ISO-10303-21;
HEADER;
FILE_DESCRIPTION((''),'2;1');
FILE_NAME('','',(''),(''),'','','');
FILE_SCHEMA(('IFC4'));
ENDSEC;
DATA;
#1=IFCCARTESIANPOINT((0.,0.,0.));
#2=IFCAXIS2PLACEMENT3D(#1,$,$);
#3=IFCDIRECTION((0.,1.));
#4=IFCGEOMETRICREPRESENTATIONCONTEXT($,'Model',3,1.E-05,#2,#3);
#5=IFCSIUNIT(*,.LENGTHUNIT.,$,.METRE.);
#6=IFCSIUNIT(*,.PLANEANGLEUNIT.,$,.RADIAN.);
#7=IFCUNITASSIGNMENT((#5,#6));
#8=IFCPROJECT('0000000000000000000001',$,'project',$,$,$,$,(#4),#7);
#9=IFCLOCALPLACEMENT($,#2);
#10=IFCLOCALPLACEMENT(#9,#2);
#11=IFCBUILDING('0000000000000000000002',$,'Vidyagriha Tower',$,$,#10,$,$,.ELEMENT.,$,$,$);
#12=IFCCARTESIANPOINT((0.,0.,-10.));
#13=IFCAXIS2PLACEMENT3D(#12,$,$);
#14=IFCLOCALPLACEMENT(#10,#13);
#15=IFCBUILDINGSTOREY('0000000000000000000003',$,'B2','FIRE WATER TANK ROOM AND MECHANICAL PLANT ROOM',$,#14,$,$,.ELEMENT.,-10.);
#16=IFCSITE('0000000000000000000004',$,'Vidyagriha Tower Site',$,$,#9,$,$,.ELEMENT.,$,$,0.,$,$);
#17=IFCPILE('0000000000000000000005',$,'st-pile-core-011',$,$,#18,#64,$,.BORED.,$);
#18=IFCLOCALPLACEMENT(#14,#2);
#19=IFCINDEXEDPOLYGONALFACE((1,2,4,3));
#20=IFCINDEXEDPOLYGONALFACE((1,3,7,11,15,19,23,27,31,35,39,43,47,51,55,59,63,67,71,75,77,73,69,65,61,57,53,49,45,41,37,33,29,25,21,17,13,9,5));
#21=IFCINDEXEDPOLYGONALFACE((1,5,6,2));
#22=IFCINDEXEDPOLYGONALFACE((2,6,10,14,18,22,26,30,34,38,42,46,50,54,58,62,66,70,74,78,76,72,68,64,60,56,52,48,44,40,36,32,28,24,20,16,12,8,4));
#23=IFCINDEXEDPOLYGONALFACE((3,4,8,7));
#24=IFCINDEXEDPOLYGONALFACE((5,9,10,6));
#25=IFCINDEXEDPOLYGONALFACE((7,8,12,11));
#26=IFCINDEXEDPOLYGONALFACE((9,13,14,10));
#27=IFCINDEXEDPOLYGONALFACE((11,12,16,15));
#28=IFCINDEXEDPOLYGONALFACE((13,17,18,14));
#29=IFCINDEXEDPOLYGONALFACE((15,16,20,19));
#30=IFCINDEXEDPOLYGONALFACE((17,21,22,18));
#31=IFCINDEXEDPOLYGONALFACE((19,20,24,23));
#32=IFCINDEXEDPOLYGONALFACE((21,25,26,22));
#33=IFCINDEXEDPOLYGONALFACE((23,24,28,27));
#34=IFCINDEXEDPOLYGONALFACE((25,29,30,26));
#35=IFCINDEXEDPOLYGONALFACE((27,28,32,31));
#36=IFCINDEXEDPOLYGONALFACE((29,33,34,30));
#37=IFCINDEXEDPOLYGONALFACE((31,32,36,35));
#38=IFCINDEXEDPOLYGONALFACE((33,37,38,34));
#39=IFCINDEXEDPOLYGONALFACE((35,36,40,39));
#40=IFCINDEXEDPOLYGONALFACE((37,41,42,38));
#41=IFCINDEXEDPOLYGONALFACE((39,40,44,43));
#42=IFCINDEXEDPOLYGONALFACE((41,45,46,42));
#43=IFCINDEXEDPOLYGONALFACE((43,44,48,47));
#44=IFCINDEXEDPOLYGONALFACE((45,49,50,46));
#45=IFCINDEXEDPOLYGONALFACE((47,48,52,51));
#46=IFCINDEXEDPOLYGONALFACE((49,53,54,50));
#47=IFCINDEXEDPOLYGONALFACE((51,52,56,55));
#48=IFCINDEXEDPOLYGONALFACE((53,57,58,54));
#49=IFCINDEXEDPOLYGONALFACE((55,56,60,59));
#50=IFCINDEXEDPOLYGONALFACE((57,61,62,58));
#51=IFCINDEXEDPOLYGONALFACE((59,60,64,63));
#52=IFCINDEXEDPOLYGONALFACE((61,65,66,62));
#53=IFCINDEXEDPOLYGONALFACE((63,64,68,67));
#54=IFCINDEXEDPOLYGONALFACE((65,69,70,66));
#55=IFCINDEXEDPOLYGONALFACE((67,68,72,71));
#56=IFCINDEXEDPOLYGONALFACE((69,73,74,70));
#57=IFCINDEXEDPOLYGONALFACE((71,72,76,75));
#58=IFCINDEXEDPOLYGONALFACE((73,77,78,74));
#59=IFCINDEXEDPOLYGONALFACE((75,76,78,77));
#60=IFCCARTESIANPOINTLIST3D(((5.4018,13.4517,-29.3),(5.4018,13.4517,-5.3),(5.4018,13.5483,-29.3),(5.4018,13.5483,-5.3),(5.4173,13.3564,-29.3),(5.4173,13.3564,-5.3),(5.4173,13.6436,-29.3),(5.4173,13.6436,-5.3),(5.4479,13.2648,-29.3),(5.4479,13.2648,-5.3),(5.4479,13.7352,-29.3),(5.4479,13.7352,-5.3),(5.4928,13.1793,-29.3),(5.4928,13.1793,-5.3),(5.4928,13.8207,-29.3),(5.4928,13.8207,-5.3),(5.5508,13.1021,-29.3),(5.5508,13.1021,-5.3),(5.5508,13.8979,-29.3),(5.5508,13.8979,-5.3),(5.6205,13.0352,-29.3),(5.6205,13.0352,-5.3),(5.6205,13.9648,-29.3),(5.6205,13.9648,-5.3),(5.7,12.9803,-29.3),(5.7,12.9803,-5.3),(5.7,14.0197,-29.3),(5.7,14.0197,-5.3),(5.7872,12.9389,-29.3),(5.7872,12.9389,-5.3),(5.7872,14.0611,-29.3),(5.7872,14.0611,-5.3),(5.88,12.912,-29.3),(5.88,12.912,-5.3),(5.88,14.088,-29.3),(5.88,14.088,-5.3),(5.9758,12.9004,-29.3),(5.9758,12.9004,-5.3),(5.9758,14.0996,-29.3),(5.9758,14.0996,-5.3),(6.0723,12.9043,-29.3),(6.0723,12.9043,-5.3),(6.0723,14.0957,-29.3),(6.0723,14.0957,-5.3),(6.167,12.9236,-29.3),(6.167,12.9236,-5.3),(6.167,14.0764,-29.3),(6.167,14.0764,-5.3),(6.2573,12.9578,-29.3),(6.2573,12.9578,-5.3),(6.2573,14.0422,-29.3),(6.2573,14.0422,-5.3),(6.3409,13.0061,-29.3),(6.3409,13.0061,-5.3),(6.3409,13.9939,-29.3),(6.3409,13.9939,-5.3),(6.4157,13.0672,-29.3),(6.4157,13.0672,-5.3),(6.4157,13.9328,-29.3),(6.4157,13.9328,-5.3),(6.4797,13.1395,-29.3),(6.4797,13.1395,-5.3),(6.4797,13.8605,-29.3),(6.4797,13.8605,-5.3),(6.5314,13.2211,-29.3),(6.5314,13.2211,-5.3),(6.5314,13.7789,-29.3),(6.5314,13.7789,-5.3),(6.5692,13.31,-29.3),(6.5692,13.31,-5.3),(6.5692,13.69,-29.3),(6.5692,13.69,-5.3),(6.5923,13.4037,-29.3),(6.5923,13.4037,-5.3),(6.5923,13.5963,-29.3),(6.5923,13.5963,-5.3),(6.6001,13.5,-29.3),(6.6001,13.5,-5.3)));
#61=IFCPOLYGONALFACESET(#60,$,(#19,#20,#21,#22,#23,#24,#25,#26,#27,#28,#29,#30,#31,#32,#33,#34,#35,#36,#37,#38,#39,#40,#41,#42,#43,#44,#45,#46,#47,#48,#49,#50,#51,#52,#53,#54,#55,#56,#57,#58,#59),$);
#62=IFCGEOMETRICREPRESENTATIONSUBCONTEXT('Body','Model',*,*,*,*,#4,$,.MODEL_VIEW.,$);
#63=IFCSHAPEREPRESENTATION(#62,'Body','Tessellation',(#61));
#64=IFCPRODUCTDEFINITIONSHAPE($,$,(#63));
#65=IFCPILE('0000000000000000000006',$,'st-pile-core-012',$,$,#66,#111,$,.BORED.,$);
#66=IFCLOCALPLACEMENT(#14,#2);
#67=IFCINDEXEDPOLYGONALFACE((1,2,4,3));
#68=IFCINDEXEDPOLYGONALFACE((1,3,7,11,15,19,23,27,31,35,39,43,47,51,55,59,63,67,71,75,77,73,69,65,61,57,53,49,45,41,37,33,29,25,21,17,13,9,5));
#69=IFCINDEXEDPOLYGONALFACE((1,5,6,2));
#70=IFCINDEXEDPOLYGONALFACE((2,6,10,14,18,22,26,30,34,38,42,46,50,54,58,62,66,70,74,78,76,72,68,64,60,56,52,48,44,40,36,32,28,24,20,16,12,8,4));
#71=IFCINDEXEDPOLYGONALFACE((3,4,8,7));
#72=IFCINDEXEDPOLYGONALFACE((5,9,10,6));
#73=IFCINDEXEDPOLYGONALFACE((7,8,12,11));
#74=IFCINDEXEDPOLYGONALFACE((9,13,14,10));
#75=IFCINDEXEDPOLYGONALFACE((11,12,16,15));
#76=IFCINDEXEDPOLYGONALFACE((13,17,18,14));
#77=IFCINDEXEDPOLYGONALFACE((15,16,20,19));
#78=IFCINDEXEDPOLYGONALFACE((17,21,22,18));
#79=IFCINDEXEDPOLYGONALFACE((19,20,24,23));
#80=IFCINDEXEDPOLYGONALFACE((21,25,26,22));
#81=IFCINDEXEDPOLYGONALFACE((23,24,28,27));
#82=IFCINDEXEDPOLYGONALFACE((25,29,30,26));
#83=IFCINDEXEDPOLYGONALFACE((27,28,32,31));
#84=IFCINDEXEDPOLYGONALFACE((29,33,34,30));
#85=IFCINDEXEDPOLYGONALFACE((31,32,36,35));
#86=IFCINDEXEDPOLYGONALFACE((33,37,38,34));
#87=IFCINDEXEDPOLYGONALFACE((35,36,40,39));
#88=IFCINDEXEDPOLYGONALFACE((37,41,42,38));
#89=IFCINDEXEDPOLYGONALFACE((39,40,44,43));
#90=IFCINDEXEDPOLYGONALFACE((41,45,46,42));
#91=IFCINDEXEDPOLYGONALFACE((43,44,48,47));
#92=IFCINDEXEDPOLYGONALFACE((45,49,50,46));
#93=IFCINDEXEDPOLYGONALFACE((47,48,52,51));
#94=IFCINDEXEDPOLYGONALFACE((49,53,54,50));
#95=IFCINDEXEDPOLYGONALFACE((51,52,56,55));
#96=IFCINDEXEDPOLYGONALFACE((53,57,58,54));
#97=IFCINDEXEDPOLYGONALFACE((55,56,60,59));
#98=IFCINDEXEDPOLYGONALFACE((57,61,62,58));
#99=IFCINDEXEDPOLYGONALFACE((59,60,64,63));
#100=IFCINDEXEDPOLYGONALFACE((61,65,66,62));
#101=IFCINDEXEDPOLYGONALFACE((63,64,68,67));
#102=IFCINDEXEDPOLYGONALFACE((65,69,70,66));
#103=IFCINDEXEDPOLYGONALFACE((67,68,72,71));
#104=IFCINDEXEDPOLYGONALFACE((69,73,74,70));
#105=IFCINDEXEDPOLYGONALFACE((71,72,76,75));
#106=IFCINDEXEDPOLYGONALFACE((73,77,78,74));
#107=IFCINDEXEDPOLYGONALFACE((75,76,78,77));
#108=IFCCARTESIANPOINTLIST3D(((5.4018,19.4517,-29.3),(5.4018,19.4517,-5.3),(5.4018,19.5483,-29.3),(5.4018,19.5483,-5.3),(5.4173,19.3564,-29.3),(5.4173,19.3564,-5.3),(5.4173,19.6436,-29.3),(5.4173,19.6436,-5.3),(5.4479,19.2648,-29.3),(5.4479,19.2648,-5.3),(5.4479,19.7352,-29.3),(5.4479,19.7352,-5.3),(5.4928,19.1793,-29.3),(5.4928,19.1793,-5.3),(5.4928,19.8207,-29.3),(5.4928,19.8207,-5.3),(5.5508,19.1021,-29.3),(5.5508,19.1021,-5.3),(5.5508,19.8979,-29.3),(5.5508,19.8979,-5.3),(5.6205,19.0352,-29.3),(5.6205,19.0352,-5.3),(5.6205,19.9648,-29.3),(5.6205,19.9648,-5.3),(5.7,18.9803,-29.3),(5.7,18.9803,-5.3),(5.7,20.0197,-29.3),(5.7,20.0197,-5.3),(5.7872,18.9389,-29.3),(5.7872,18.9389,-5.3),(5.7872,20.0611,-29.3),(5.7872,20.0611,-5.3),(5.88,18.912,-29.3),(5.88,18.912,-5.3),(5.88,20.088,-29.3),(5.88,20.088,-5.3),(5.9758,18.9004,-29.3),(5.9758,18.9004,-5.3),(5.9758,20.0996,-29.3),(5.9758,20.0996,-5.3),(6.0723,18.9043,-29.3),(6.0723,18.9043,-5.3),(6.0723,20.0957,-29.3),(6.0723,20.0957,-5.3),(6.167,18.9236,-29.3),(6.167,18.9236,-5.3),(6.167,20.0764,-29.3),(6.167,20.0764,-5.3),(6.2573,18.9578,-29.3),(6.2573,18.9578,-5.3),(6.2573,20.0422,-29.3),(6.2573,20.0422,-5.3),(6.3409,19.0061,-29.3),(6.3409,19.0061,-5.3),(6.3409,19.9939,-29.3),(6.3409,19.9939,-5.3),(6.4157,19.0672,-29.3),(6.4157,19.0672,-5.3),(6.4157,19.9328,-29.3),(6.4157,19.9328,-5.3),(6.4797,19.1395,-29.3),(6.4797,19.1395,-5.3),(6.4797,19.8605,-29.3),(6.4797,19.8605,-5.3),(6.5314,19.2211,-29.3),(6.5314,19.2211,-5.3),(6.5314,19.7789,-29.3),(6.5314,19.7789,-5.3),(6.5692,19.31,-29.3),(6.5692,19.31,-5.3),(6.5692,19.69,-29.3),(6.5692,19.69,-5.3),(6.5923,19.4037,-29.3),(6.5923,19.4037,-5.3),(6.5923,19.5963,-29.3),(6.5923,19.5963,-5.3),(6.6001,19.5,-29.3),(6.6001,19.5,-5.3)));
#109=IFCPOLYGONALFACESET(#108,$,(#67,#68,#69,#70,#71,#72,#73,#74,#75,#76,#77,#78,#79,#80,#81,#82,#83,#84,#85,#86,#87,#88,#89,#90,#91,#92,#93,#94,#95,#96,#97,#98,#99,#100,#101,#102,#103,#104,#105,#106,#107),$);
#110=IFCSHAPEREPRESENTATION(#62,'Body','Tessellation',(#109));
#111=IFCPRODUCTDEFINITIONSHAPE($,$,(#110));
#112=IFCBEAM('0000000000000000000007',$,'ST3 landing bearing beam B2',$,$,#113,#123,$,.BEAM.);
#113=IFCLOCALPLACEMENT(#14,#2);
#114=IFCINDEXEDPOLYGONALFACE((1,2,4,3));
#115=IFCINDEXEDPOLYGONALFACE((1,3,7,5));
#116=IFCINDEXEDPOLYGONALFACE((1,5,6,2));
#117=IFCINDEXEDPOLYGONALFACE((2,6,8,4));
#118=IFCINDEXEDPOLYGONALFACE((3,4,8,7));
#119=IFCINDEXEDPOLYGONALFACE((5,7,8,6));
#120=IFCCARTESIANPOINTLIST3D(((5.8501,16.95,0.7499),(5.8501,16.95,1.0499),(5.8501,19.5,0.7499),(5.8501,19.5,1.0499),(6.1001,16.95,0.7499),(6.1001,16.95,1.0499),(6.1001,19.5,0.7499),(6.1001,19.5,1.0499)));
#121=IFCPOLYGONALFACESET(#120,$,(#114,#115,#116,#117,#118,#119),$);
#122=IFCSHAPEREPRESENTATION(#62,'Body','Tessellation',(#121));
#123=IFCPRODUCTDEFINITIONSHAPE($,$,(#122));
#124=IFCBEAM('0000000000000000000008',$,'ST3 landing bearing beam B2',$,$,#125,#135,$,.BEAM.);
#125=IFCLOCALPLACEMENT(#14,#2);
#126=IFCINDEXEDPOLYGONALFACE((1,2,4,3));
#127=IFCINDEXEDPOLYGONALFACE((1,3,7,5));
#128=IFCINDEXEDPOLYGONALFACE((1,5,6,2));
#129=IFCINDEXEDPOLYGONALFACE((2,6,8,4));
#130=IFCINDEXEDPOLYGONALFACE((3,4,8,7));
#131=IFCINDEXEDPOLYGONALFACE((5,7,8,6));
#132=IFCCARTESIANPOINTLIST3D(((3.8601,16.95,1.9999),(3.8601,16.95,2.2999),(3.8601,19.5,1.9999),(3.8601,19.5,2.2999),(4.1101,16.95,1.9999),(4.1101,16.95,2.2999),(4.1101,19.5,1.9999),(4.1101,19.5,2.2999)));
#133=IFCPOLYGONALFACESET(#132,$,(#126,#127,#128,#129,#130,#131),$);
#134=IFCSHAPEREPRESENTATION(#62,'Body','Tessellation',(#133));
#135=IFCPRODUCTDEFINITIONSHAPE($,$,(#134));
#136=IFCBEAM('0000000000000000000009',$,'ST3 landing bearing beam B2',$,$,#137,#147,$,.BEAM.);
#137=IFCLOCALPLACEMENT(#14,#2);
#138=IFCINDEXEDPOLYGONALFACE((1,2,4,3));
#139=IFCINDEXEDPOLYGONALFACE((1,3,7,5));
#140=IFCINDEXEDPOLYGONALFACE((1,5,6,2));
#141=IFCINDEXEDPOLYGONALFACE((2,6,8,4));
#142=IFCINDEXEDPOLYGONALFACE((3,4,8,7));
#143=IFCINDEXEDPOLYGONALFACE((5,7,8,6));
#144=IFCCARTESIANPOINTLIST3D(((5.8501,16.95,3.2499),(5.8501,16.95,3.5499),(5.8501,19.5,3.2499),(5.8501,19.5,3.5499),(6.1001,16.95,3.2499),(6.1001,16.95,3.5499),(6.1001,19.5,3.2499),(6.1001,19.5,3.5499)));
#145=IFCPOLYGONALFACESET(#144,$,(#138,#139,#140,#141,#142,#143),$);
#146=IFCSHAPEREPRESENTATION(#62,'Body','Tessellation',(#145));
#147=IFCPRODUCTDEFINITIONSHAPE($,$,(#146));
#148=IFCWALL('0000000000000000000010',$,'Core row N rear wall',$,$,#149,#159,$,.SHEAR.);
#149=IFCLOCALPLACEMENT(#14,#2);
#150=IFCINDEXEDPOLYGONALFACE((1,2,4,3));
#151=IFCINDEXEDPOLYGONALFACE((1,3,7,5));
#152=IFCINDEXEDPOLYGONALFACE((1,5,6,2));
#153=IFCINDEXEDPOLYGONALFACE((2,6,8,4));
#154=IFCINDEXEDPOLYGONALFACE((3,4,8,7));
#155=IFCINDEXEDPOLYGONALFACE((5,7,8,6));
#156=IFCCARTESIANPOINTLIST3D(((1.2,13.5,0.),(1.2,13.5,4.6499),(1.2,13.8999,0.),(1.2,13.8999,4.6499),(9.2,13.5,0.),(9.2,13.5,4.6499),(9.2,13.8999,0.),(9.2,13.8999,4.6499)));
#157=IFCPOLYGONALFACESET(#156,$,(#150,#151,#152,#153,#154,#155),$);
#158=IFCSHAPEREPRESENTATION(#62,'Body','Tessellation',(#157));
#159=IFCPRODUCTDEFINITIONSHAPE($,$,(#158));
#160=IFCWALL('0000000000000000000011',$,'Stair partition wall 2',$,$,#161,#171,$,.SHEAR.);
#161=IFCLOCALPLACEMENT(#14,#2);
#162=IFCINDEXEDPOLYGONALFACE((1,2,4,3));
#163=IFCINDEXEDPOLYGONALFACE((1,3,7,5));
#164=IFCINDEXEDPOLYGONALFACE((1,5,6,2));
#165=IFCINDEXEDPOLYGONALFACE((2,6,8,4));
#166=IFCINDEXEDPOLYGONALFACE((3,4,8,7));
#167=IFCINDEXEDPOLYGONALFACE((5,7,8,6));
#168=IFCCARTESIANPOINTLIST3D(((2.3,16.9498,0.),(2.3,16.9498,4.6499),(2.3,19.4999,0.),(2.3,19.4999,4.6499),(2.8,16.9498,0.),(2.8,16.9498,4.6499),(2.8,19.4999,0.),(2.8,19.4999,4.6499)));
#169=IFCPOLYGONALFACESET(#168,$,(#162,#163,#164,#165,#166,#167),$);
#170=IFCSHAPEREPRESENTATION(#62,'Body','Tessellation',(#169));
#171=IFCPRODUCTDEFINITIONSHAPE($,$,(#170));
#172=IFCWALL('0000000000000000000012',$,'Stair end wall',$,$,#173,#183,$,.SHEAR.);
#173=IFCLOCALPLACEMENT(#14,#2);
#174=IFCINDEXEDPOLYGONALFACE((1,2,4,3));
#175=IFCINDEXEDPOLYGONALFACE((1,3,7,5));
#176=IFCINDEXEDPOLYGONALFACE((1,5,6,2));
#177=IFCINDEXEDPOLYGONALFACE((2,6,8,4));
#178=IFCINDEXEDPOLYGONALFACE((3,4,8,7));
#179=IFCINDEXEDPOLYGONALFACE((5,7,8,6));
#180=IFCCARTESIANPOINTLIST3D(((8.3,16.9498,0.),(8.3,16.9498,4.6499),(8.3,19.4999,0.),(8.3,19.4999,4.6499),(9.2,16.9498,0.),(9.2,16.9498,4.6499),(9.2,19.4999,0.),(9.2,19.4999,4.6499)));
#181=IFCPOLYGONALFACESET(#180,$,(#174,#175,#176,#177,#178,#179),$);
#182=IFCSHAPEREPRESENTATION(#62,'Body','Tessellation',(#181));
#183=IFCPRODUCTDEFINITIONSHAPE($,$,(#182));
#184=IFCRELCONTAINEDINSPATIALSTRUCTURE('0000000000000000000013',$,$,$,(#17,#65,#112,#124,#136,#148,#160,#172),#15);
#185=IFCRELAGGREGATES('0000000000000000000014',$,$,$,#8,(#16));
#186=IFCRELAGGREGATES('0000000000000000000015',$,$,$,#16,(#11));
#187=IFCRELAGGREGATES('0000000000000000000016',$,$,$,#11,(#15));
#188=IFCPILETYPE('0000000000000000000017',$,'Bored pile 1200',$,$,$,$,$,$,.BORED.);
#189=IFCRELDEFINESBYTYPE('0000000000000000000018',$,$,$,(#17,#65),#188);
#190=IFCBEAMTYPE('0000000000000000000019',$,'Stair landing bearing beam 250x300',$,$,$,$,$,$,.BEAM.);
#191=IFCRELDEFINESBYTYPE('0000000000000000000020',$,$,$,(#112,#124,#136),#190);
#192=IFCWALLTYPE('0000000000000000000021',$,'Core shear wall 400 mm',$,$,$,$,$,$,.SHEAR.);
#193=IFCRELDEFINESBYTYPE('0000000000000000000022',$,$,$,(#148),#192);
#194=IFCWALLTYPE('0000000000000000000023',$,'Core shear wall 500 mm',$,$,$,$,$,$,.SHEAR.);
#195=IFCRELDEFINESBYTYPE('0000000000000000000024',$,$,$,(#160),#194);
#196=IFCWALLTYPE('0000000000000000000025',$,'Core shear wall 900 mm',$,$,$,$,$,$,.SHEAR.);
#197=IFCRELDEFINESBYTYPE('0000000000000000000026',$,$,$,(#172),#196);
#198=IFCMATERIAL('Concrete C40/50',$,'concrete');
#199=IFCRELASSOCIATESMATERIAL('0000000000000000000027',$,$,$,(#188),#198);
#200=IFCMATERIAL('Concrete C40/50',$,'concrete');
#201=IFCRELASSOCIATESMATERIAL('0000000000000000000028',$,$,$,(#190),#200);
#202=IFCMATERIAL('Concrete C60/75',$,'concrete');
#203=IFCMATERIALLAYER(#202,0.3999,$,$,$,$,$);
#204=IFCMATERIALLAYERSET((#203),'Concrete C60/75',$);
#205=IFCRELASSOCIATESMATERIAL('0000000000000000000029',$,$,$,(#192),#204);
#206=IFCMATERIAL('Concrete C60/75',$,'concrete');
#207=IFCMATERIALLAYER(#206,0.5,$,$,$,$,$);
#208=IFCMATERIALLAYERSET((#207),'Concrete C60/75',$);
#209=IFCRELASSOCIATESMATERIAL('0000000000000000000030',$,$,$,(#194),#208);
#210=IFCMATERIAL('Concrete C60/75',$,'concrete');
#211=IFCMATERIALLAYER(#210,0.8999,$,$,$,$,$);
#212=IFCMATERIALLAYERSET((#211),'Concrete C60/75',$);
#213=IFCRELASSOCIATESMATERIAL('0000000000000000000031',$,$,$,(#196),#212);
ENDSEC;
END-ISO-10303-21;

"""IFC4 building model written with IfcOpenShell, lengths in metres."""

from ifc_helpers import new_model, si_unit, direction, frame, frame_2d, origin, origin_2d, place, context, subcontext, project, spatial, rectangle, circle, extrude, material, layer, layer_set, material_profile, profile_set, type_object, element, save


model = new_model("IFC4")

# Units and contexts
model_context = context("Model", 3, precision=1e-05, world=origin(), true_north=direction((0.0, 1.0)))
body_context = subcontext(model_context, "Body", "Model", "MODEL_VIEW")
ifc_project = project(units=[si_unit("LENGTHUNIT", "METRE"), si_unit("PLANEANGLEUNIT", "RADIAN")], contexts=[model_context])

# Site, building, storey
site_placement = place(None, origin())
site = spatial("IfcSite", under=ifc_project, at=site_placement, Name="Vidyagriha Tower Site", CompositionType="ELEMENT", RefElevation=0.0)
building_placement = place(site_placement, origin())
building = spatial("IfcBuilding", under=site, at=building_placement, Name="Vidyagriha Tower", CompositionType="ELEMENT")
storey_placement = place(building_placement, frame((0.0, 0.0, -10.0)))
storey = spatial("IfcBuildingStorey", under=building, at=storey_placement, Name="B2", Description="FIRE WATER TANK ROOM AND MECHANICAL PLANT ROOM", CompositionType="ELEMENT", Elevation=-10.0)

# Piles
ifc_material_1 = material(Name="Concrete C40/50", Category="concrete")
ifc_material_profile_1 = material_profile(ifc_material_1, circle(Radius=0.6001, at=origin_2d()), Name="Bored pile 1200")
ifc_profile_set_1 = profile_set([ifc_material_profile_1], Name="Concrete C40/50")
pile_type = type_object("IfcPileType", Name="Bored pile 1200", PredefinedType="BORED", material=ifc_profile_set_1)
for number, where, z_axis, x_axis, name in (
    (1, (6.0, 13.5, -5.3), (0.0, 0.0, -1.0), (1.0, 0.0, 0.0), "st-pile-core-011"),
    (2, (6.0, 19.5, -5.3), (0.0, 0.0, -1.0), (1.0, 0.0, 0.0), "st-pile-core-012"),
):
    element("IfcPile", number, at=place(storey_placement, frame(where, z_axis=z_axis, x_axis=x_axis)), inside=storey, type_object=pile_type, Name=name, PredefinedType="BORED", context=body_context, shape_type="SweptSolid", body=[
        extrude(circle(Radius=0.6001, at=origin_2d()), origin(), (0.0, 0.0, 1.0), 24.0),
    ])

# Beams
ifc_material_2 = material(Name="Concrete C40/50", Category="concrete")
ifc_material_profile_2 = material_profile(ifc_material_2, rectangle(XDim=0.25, YDim=0.3, at=origin_2d()), Name="Stair landing bearing beam 250x300")
ifc_profile_set_2 = profile_set([ifc_material_profile_2], Name="Concrete C40/50")
beam_type = type_object("IfcBeamType", Name="Stair landing bearing beam 250x300", PredefinedType="BEAM", material=ifc_profile_set_2)
for number, where, z_axis, x_axis, name in (
    (3, (5.9751, 16.95, 0.8999), (0.0, 1.0, 0.0), (-1.0, 0.0, 0.0), "ST3 landing bearing beam B2"),
    (4, (3.9851, 16.95, 2.1499), (0.0, 1.0, 0.0), (-1.0, 0.0, 0.0), "ST3 landing bearing beam B2"),
    (5, (5.9751, 16.95, 3.3999), (0.0, 1.0, 0.0), (-1.0, 0.0, 0.0), "ST3 landing bearing beam B2"),
):
    element("IfcBeam", number, at=place(storey_placement, frame(where, z_axis=z_axis, x_axis=x_axis)), inside=storey, type_object=beam_type, Name=name, PredefinedType="BEAM", context=body_context, shape_type="SweptSolid", body=[
        extrude(rectangle(XDim=0.25, YDim=0.3, at=origin_2d()), origin(), (0.0, 0.0, 1.0), 2.55),
    ])

# Walls
ifc_material_3 = material(Name="Concrete C60/75", Category="concrete")
ifc_layer_1 = layer(ifc_material_3, 0.3999)
ifc_layer_set_1 = layer_set([ifc_layer_1], Name="Concrete C60/75")
wall_type_1 = type_object("IfcWallType", Name="Core shear wall 400 mm", PredefinedType="SHEAR", material=ifc_layer_set_1)
wall_1_placement = place(storey_placement, frame((1.2, 13.7, 0.0)))
element("IfcWall", 6, at=wall_1_placement, inside=storey, type_object=wall_type_1, Name="Core row N rear wall", PredefinedType="SHEAR", context=body_context, shape_type="SweptSolid", body=[
    extrude(rectangle(XDim=8.0, YDim=0.3999, at=frame_2d((4.0, 0.0))), origin(), (0.0, 0.0, 1.0), 4.6499),
])
ifc_material_4 = material(Name="Concrete C60/75", Category="concrete")
ifc_layer_2 = layer(ifc_material_4, 0.5)
ifc_layer_set_2 = layer_set([ifc_layer_2], Name="Concrete C60/75")
wall_type_2 = type_object("IfcWallType", Name="Core shear wall 500 mm", PredefinedType="SHEAR", material=ifc_layer_set_2)
wall_2_placement = place(storey_placement, frame((2.55, 16.95, 0.0), z_axis=(0.0, 0.0, 1.0), x_axis=(0.0, 1.0, 0.0)))
element("IfcWall", 7, at=wall_2_placement, inside=storey, type_object=wall_type_2, Name="Stair partition wall 2", PredefinedType="SHEAR", context=body_context, shape_type="SweptSolid", body=[
    extrude(rectangle(XDim=2.55, YDim=0.5, at=frame_2d((1.2749, 0.0))), origin(), (0.0, 0.0, 1.0), 4.6499),
])
ifc_material_5 = material(Name="Concrete C60/75", Category="concrete")
ifc_layer_3 = layer(ifc_material_5, 0.8999)
ifc_layer_set_3 = layer_set([ifc_layer_3], Name="Concrete C60/75")
wall_type_3 = type_object("IfcWallType", Name="Core shear wall 900 mm", PredefinedType="SHEAR", material=ifc_layer_set_3)
wall_3_placement = place(storey_placement, frame((8.75, 16.95, 0.0), z_axis=(0.0, 0.0, 1.0), x_axis=(0.0, 1.0, 0.0)))
element("IfcWall", 8, at=wall_3_placement, inside=storey, type_object=wall_type_3, Name="Stair end wall", PredefinedType="SHEAR", context=body_context, shape_type="SweptSolid", body=[
    extrude(rectangle(XDim=2.55, YDim=0.8999, at=frame_2d((1.2749, 0.0))), origin(), (0.0, 0.0, 1.0), 4.6499),
])

save(model, "model.ifc")
